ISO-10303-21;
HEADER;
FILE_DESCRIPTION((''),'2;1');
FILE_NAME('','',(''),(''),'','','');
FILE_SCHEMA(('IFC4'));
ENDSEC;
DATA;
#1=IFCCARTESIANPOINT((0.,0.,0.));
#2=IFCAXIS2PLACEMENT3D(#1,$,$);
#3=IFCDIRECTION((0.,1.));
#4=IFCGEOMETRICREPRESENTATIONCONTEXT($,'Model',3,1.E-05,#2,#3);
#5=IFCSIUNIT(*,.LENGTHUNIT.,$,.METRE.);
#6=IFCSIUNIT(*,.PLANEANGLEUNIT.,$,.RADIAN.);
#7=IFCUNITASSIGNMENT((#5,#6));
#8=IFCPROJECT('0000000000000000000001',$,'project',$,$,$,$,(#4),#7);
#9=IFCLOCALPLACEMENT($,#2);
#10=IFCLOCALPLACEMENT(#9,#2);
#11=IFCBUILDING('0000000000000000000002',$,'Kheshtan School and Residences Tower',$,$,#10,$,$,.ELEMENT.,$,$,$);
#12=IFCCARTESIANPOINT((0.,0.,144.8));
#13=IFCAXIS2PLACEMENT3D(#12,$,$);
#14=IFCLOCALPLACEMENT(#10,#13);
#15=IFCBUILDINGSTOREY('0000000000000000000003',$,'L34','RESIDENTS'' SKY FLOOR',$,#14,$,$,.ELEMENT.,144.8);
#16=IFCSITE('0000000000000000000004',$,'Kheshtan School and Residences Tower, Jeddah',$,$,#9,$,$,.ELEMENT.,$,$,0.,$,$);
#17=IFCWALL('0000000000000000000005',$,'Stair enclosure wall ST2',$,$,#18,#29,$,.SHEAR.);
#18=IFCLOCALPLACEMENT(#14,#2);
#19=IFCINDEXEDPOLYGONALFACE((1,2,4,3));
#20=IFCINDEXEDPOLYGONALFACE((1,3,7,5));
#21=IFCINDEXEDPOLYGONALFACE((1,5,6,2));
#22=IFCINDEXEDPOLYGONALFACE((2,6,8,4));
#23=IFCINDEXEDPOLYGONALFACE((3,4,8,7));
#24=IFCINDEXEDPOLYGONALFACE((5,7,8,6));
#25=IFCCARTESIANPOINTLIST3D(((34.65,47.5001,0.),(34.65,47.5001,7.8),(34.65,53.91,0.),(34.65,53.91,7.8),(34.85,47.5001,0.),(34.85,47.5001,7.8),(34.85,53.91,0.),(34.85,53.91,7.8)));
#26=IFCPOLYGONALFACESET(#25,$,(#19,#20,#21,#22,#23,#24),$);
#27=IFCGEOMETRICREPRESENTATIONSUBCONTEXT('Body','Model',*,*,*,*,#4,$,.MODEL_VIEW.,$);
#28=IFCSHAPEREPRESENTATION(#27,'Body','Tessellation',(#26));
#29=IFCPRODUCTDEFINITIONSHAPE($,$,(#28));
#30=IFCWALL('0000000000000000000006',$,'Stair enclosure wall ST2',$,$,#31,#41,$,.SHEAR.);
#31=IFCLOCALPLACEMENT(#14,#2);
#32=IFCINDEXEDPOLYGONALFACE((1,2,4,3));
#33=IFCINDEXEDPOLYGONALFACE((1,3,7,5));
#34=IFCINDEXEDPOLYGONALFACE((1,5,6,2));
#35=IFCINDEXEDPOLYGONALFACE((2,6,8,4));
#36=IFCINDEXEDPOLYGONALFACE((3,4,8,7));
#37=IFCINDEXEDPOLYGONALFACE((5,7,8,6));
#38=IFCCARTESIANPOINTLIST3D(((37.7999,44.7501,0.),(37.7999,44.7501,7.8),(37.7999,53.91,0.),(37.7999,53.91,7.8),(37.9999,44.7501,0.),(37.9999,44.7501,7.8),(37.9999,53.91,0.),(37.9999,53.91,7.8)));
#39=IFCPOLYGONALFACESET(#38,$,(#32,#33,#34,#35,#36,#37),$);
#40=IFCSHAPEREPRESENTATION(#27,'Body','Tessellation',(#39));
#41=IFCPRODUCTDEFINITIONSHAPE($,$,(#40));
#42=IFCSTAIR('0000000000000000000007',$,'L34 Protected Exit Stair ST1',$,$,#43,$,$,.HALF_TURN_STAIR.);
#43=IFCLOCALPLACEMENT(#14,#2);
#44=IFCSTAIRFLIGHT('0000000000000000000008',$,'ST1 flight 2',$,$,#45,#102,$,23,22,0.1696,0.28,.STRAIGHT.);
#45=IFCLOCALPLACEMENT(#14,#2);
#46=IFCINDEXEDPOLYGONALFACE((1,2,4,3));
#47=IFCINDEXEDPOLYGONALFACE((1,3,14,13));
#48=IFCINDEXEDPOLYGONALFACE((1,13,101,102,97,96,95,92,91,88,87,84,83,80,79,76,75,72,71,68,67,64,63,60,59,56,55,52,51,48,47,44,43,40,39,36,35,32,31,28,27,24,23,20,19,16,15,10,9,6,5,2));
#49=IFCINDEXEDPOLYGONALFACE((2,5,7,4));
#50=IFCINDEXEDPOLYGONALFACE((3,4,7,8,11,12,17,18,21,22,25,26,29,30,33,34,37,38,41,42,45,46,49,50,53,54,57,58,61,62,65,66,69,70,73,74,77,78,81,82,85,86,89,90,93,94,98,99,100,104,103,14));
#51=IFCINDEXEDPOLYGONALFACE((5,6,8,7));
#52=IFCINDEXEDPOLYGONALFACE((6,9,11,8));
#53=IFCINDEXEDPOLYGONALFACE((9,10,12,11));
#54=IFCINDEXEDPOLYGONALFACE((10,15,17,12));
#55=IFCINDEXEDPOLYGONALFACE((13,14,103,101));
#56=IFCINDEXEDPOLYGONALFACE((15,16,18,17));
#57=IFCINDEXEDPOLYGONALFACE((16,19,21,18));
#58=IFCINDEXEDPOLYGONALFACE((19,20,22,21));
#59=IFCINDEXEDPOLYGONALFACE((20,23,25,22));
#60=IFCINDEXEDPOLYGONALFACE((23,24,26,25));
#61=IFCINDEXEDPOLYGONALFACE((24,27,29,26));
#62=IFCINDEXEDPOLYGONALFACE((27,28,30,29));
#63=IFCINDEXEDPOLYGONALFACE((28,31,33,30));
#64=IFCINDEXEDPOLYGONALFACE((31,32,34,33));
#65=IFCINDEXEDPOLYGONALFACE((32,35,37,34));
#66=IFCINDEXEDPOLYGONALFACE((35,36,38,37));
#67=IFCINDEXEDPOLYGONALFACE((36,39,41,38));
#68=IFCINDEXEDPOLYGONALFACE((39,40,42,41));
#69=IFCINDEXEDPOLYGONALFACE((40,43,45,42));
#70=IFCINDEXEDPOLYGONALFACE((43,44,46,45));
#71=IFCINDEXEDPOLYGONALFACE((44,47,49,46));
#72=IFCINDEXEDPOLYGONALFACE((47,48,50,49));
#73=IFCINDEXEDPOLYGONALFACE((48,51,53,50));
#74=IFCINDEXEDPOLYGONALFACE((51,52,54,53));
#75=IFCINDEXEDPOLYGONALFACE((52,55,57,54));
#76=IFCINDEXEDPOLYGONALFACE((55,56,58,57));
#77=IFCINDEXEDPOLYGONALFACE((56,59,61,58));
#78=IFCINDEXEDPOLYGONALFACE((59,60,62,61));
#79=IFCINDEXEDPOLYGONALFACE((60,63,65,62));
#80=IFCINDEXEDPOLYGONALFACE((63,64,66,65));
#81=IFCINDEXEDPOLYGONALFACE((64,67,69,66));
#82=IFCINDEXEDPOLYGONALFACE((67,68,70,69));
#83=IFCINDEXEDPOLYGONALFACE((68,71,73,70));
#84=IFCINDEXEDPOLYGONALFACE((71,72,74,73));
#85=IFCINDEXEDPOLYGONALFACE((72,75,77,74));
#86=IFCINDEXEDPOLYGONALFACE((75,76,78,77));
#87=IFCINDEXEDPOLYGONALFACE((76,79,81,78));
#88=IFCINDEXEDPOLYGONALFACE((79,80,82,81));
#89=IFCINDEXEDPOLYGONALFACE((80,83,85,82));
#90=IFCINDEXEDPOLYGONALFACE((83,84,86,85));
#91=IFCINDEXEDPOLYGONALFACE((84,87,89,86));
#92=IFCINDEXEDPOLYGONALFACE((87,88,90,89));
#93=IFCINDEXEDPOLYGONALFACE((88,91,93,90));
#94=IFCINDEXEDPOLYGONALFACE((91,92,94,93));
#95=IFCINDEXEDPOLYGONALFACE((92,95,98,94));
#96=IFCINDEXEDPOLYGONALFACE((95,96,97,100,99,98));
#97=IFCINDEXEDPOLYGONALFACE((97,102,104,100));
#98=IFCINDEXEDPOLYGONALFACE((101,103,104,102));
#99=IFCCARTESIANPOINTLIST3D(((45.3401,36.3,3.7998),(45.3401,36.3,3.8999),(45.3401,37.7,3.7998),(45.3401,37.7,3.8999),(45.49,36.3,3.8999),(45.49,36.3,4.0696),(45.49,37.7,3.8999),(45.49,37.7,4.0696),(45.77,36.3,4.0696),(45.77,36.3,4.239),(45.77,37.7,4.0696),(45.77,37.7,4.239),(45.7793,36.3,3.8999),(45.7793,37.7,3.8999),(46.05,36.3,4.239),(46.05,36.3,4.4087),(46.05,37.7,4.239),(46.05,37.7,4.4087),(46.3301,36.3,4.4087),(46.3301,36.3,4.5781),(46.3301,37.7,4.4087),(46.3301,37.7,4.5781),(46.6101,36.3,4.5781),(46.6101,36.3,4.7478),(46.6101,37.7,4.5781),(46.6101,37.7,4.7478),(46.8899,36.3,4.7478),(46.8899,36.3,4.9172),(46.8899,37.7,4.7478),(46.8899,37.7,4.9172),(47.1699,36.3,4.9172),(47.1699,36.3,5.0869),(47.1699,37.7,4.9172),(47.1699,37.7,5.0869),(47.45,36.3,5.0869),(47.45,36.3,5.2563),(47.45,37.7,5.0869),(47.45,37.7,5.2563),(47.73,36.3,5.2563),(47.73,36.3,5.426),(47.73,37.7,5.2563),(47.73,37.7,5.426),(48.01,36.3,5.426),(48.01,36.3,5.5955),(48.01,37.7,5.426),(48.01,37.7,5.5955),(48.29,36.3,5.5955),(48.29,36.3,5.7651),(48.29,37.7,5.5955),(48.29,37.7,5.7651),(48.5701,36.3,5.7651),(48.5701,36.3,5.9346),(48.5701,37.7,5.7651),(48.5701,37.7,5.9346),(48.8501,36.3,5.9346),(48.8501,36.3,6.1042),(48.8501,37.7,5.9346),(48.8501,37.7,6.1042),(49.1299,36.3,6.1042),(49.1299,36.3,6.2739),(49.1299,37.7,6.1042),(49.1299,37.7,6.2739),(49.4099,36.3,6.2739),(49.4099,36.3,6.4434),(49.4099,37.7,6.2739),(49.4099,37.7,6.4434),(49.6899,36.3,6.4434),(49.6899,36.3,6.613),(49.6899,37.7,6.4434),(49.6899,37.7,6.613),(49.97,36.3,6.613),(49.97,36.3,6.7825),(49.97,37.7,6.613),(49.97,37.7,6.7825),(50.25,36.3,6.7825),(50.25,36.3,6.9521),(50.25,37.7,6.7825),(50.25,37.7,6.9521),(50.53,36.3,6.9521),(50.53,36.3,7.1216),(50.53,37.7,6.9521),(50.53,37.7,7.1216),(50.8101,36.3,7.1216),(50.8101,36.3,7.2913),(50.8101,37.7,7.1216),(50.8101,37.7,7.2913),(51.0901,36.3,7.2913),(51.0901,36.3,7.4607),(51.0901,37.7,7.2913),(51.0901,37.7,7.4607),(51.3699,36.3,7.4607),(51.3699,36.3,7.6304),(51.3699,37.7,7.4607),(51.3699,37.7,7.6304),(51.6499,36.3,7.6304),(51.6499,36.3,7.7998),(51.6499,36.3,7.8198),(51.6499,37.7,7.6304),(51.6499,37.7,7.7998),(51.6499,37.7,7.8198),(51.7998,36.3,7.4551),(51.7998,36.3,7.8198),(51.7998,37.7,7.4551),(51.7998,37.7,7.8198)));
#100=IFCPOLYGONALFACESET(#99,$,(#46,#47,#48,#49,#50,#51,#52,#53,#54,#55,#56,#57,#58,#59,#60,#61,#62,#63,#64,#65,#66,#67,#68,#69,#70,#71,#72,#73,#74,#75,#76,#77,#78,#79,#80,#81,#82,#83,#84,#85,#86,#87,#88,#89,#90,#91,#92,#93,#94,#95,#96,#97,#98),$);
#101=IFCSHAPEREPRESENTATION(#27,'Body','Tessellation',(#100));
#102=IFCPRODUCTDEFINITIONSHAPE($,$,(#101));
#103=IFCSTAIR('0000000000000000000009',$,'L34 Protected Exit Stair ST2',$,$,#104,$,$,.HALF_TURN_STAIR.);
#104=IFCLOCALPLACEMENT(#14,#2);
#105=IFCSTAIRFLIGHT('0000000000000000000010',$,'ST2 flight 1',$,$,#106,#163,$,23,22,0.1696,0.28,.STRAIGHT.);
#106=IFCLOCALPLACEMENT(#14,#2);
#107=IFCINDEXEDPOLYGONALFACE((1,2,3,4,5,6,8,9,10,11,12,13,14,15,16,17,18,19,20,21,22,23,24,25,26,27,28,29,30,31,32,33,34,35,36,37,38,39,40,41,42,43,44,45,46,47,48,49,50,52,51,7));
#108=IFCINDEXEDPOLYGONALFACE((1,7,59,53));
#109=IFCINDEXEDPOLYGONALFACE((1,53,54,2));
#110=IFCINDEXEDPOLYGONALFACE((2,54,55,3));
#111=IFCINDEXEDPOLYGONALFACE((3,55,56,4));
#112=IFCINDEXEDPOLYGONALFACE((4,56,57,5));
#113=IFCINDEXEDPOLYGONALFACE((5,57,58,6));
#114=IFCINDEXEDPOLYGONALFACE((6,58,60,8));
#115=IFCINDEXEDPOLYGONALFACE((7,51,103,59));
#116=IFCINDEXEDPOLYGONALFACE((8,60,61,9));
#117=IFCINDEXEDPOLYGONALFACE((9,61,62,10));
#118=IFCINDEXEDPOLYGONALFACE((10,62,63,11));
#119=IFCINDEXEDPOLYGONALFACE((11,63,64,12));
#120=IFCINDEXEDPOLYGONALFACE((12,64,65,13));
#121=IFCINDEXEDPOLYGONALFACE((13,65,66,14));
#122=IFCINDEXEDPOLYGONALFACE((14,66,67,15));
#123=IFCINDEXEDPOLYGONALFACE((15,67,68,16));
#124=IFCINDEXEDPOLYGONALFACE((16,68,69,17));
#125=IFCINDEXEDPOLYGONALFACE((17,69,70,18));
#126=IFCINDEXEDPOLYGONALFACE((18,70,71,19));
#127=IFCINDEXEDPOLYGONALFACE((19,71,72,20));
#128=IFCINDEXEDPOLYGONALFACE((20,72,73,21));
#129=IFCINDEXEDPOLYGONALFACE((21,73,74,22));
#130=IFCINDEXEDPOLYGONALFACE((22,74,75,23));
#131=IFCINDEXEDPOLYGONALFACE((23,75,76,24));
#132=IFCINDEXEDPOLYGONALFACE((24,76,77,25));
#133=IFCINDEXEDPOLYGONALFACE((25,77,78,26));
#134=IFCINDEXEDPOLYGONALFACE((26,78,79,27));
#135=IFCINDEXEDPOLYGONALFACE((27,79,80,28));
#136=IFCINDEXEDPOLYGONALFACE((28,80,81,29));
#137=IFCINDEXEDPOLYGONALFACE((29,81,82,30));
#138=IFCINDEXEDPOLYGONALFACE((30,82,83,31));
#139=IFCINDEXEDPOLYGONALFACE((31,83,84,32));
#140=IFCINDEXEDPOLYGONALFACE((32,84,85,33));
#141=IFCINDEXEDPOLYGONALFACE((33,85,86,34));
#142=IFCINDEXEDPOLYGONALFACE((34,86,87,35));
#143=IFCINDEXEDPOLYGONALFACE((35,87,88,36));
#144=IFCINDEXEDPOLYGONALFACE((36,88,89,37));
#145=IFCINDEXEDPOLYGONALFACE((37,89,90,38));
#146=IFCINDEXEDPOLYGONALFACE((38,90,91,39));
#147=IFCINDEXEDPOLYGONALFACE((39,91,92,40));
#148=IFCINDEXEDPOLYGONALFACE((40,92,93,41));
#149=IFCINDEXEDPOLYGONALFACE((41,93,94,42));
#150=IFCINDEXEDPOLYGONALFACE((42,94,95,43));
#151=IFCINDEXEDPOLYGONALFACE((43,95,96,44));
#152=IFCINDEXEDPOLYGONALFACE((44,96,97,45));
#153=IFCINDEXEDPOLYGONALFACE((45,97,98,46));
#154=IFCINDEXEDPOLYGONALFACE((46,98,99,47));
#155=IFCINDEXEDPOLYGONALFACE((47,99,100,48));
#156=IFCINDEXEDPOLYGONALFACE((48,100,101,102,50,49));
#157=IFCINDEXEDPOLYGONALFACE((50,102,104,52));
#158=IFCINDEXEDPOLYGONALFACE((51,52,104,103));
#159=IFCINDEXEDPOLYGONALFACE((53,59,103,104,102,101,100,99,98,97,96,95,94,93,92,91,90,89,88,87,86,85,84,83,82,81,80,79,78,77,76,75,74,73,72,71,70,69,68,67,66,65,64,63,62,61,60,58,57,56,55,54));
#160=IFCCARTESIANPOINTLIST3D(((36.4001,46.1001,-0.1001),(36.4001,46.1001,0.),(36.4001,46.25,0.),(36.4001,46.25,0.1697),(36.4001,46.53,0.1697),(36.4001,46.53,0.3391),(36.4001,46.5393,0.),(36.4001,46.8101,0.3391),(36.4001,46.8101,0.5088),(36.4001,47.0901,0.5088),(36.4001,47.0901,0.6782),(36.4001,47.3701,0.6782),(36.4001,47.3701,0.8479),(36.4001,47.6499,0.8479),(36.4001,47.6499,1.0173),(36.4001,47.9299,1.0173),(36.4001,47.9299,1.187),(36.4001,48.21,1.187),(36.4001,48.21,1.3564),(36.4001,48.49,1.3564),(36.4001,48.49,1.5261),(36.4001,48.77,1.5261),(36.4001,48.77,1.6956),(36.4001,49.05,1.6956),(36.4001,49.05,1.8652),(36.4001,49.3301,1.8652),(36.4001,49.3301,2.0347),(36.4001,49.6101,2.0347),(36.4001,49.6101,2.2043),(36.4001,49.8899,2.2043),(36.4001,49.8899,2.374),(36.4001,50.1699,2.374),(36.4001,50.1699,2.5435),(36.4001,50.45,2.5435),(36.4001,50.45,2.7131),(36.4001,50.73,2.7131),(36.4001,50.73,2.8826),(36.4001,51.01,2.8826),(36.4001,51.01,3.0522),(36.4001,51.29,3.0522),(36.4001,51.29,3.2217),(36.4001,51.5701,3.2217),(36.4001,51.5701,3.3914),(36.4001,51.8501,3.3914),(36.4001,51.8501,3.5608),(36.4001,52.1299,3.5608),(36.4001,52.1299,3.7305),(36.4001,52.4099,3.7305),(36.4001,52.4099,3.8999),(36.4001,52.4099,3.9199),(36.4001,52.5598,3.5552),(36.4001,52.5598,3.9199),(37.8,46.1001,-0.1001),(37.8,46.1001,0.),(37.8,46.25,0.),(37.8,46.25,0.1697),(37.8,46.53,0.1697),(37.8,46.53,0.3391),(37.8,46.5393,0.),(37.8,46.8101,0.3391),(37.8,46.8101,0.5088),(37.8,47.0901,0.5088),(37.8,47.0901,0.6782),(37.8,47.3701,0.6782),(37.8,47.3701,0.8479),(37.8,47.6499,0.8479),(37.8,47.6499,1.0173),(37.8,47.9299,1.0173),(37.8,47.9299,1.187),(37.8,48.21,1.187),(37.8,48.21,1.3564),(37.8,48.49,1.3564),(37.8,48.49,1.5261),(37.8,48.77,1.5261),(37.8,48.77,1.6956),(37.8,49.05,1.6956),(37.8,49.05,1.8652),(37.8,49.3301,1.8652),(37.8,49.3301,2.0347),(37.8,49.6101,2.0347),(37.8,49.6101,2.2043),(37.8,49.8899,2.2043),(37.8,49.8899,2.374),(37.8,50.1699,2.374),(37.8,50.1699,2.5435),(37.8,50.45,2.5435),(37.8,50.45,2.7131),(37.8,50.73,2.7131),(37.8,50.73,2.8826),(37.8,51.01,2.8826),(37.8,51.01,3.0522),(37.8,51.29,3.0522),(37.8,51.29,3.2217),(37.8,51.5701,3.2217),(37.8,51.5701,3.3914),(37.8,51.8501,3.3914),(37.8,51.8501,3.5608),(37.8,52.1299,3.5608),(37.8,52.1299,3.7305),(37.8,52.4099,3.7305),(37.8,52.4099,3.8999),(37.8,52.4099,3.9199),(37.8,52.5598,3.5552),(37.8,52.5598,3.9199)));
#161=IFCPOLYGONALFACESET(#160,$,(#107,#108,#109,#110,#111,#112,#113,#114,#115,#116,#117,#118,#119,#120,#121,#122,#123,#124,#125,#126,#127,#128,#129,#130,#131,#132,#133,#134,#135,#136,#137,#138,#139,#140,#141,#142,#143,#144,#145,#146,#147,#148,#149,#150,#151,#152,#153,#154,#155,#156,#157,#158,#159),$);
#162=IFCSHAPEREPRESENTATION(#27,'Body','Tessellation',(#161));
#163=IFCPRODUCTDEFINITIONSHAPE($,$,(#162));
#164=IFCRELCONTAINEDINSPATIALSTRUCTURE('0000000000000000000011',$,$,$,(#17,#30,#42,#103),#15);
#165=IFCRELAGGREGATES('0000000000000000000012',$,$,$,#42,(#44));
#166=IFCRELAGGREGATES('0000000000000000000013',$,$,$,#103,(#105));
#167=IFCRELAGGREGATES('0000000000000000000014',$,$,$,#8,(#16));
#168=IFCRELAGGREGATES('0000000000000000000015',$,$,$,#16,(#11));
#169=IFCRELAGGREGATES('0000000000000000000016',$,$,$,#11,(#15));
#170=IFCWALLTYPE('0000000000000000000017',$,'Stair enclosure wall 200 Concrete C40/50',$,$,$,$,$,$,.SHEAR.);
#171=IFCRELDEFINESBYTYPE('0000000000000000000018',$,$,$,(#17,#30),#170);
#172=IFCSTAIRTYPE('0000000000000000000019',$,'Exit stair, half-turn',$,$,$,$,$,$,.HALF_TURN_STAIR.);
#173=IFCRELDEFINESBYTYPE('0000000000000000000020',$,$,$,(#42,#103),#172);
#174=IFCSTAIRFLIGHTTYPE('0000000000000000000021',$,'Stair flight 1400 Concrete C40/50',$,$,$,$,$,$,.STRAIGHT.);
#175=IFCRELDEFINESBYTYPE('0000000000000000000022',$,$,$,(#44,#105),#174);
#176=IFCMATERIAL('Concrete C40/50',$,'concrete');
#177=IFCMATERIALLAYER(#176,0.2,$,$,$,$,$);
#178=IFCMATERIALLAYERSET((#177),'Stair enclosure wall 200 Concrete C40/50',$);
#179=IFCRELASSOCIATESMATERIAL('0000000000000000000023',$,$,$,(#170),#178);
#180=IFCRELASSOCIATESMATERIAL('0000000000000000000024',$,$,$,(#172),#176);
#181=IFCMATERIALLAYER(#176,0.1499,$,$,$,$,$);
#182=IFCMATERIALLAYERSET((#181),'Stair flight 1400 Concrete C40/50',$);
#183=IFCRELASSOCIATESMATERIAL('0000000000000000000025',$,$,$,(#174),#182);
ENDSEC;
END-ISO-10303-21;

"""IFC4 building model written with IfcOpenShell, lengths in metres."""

from ifc_helpers import new_model, si_unit, direction, frame, frame_2d, origin, place, context, subcontext, project, spatial, polyline, rectangle, outline, extrude, material, layer, layer_set, type_object, element, aggregate, save


model = new_model("IFC4")

# Units and contexts
model_context = context("Model", 3, precision=1e-05, world=origin(), true_north=direction((0.0, 1.0)))
body_context = subcontext(model_context, "Body", "Model", "MODEL_VIEW")
ifc_project = project(units=[si_unit("LENGTHUNIT", "METRE"), si_unit("PLANEANGLEUNIT", "RADIAN")], contexts=[model_context])

# Site, building, storey
site_placement = place(None, origin())
site = spatial("IfcSite", under=ifc_project, at=site_placement, Name="Kheshtan School and Residences Tower, Jeddah", CompositionType="ELEMENT", RefElevation=0.0)
building_placement = place(site_placement, origin())
building = spatial("IfcBuilding", under=site, at=building_placement, Name="Kheshtan School and Residences Tower", CompositionType="ELEMENT")
storey_placement = place(building_placement, frame((0.0, 0.0, 144.8)))
storey = spatial("IfcBuildingStorey", under=building, at=storey_placement, Name="L34", Description="RESIDENTS' SKY FLOOR", CompositionType="ELEMENT", Elevation=144.8)

# Walls
ifc_material_1 = material(Name="Concrete C40/50", Category="concrete")
ifc_layer_1 = layer(ifc_material_1, 0.2)
ifc_layer_set_1 = layer_set([ifc_layer_1], Name="Stair enclosure wall 200 Concrete C40/50")
wall_type_1 = type_object("IfcWallType", Name="Stair enclosure wall 200 Concrete C40/50", PredefinedType="SHEAR", material=ifc_layer_set_1)
wall_1_placement = place(storey_placement, frame((34.75, 47.5, 0.0), z_axis=(0.0, 0.0, 1.0), x_axis=(0.0, 1.0, 0.0)))
element("IfcWall", 1, at=wall_1_placement, inside=storey, type_object=wall_type_1, Name="Stair enclosure wall ST2", PredefinedType="SHEAR", context=body_context, shape_type="SweptSolid", body=[
    extrude(rectangle(XDim=6.4099, YDim=0.2, at=frame_2d((3.2051, 0.0))), origin(), (0.0, 0.0, 1.0), 7.8),
])
wall_2_placement = place(storey_placement, frame((37.8999, 44.75, 0.0), z_axis=(0.0, 0.0, 1.0), x_axis=(0.0, 1.0, 0.0)))
element("IfcWall", 2, at=wall_2_placement, inside=storey, type_object=wall_type_1, Name="Stair enclosure wall ST2", PredefinedType="SHEAR", context=body_context, shape_type="SweptSolid", body=[
    extrude(rectangle(XDim=9.1599, YDim=0.2, at=frame_2d((4.5801, 0.0))), origin(), (0.0, 0.0, 1.0), 7.8),
])

# Stair, stair flight
stair_type = type_object("IfcStairType", Name="Exit stair, half-turn", PredefinedType="HALF_TURN_STAIR", material=ifc_material_1)
stair_1_placement = place(storey_placement, origin())
stair_1 = element("IfcStair", 3, at=stair_1_placement, inside=storey, type_object=stair_type, Name="L34 Protected Exit Stair ST1", PredefinedType="HALF_TURN_STAIR")
ifc_layer_2 = layer(ifc_material_1, 0.1499)
ifc_layer_set_2 = layer_set([ifc_layer_2], Name="Stair flight 1400 Concrete C40/50")
stair_flight_type = type_object("IfcStairFlightType", Name="Stair flight 1400 Concrete C40/50", PredefinedType="STRAIGHT", material=ifc_layer_set_2)
stair_flight_1_placement = place(storey_placement, frame((45.49, 37.0, 3.8999), z_axis=(0.0, 0.0, 1.0), x_axis=(1.0, 0.0, 0.0)))
stair_flight_1 = element("IfcStairFlight", 4, at=stair_flight_1_placement, type_object=stair_flight_type, Name="ST1 flight 2", NumberOfRisers=23, NumberOfTreads=22, PredefinedType="STRAIGHT", RiserHeight=0.1696, TreadLength=0.28, context=body_context, shape_type="SweptSolid", body=[
    extrude(outline(polyline([(-0.1499, -0.1001), (-0.1499, 0.0), (0.0, 0.0), (0.0, 0.1697), (0.28, 0.1697), (0.28, 0.3391), (0.5601, 0.3391), (0.5601, 0.5088), (0.8401, 0.5088), (0.8401, 0.6782), (1.1201, 0.6782), (1.1201, 0.8479), (1.3999, 0.8479), (1.3999, 1.0173), (1.6799, 1.0173), (1.6799, 1.187), (1.96, 1.187), (1.96, 1.3564), (2.24, 1.3564), (2.24, 1.5261), (2.52, 1.5261), (2.52, 1.6956), (2.8, 1.6956), (2.8, 1.8652), (3.0801, 1.8652), (3.0801, 2.0347), (3.3601, 2.0347), (3.3601, 2.2043), (3.6399, 2.2043), (3.6399, 2.374), (3.9199, 2.374), (3.9199, 2.5435), (4.2, 2.5435), (4.2, 2.7131), (4.48, 2.7131), (4.48, 2.8826), (4.76, 2.8826), (4.76, 3.0522), (5.04, 3.0522), (5.04, 3.2217), (5.3201, 3.2217), (5.3201, 3.3914), (5.6001, 3.3914), (5.6001, 3.5608), (5.8799, 3.5608), (5.8799, 3.7305), (6.1599, 3.7305), (6.1599, 3.8999), (6.1599, 3.9199), (6.3098, 3.9199), (6.3098, 3.5552), (0.2893, 0.0), (-0.1499, -0.1001)])), frame((0.0, 0.7, 0.0), z_axis=(0.0, -1.0, 0.0), x_axis=(1.0, 0.0, 0.0)), (0.0, 0.0, 1.0), 1.3999),
])
aggregate(stair_1, [stair_flight_1])

# Stair, stair flight
stair_2_placement = place(storey_placement, origin())
stair_2 = element("IfcStair", 5, at=stair_2_placement, inside=storey, type_object=stair_type, Name="L34 Protected Exit Stair ST2", PredefinedType="HALF_TURN_STAIR")
stair_flight_2_placement = place(storey_placement, frame((37.1001, 46.25, 0.0), z_axis=(0.0, 0.0, 1.0), x_axis=(0.0, 1.0, 0.0)))
stair_flight_2 = element("IfcStairFlight", 6, at=stair_flight_2_placement, type_object=stair_flight_type, Name="ST2 flight 1", NumberOfRisers=23, NumberOfTreads=22, PredefinedType="STRAIGHT", RiserHeight=0.1696, TreadLength=0.28, context=body_context, shape_type="SweptSolid", body=[
    extrude(outline(polyline([(-0.1499, -0.1001), (-0.1499, 0.0), (0.0, 0.0), (0.0, 0.1697), (0.28, 0.1697), (0.28, 0.3391), (0.5601, 0.3391), (0.5601, 0.5088), (0.8401, 0.5088), (0.8401, 0.6782), (1.1201, 0.6782), (1.1201, 0.8479), (1.3999, 0.8479), (1.3999, 1.0173), (1.6799, 1.0173), (1.6799, 1.187), (1.96, 1.187), (1.96, 1.3564), (2.24, 1.3564), (2.24, 1.5261), (2.52, 1.5261), (2.52, 1.6956), (2.8, 1.6956), (2.8, 1.8652), (3.0801, 1.8652), (3.0801, 2.0347), (3.3601, 2.0347), (3.3601, 2.2043), (3.6399, 2.2043), (3.6399, 2.374), (3.9199, 2.374), (3.9199, 2.5435), (4.2, 2.5435), (4.2, 2.7131), (4.48, 2.7131), (4.48, 2.8826), (4.76, 2.8826), (4.76, 3.0522), (5.04, 3.0522), (5.04, 3.2217), (5.3201, 3.2217), (5.3201, 3.3914), (5.6001, 3.3914), (5.6001, 3.5608), (5.8799, 3.5608), (5.8799, 3.7305), (6.1599, 3.7305), (6.1599, 3.8999), (6.1599, 3.9199), (6.3098, 3.9199), (6.3098, 3.5552), (0.2893, 0.0), (-0.1499, -0.1001)])), frame((0.0, 0.7, 0.0), z_axis=(0.0, -1.0, 0.0), x_axis=(1.0, 0.0, 0.0)), (0.0, 0.0, 1.0), 1.3999),
])
aggregate(stair_2, [stair_flight_2])

save(model, "model.ifc")
